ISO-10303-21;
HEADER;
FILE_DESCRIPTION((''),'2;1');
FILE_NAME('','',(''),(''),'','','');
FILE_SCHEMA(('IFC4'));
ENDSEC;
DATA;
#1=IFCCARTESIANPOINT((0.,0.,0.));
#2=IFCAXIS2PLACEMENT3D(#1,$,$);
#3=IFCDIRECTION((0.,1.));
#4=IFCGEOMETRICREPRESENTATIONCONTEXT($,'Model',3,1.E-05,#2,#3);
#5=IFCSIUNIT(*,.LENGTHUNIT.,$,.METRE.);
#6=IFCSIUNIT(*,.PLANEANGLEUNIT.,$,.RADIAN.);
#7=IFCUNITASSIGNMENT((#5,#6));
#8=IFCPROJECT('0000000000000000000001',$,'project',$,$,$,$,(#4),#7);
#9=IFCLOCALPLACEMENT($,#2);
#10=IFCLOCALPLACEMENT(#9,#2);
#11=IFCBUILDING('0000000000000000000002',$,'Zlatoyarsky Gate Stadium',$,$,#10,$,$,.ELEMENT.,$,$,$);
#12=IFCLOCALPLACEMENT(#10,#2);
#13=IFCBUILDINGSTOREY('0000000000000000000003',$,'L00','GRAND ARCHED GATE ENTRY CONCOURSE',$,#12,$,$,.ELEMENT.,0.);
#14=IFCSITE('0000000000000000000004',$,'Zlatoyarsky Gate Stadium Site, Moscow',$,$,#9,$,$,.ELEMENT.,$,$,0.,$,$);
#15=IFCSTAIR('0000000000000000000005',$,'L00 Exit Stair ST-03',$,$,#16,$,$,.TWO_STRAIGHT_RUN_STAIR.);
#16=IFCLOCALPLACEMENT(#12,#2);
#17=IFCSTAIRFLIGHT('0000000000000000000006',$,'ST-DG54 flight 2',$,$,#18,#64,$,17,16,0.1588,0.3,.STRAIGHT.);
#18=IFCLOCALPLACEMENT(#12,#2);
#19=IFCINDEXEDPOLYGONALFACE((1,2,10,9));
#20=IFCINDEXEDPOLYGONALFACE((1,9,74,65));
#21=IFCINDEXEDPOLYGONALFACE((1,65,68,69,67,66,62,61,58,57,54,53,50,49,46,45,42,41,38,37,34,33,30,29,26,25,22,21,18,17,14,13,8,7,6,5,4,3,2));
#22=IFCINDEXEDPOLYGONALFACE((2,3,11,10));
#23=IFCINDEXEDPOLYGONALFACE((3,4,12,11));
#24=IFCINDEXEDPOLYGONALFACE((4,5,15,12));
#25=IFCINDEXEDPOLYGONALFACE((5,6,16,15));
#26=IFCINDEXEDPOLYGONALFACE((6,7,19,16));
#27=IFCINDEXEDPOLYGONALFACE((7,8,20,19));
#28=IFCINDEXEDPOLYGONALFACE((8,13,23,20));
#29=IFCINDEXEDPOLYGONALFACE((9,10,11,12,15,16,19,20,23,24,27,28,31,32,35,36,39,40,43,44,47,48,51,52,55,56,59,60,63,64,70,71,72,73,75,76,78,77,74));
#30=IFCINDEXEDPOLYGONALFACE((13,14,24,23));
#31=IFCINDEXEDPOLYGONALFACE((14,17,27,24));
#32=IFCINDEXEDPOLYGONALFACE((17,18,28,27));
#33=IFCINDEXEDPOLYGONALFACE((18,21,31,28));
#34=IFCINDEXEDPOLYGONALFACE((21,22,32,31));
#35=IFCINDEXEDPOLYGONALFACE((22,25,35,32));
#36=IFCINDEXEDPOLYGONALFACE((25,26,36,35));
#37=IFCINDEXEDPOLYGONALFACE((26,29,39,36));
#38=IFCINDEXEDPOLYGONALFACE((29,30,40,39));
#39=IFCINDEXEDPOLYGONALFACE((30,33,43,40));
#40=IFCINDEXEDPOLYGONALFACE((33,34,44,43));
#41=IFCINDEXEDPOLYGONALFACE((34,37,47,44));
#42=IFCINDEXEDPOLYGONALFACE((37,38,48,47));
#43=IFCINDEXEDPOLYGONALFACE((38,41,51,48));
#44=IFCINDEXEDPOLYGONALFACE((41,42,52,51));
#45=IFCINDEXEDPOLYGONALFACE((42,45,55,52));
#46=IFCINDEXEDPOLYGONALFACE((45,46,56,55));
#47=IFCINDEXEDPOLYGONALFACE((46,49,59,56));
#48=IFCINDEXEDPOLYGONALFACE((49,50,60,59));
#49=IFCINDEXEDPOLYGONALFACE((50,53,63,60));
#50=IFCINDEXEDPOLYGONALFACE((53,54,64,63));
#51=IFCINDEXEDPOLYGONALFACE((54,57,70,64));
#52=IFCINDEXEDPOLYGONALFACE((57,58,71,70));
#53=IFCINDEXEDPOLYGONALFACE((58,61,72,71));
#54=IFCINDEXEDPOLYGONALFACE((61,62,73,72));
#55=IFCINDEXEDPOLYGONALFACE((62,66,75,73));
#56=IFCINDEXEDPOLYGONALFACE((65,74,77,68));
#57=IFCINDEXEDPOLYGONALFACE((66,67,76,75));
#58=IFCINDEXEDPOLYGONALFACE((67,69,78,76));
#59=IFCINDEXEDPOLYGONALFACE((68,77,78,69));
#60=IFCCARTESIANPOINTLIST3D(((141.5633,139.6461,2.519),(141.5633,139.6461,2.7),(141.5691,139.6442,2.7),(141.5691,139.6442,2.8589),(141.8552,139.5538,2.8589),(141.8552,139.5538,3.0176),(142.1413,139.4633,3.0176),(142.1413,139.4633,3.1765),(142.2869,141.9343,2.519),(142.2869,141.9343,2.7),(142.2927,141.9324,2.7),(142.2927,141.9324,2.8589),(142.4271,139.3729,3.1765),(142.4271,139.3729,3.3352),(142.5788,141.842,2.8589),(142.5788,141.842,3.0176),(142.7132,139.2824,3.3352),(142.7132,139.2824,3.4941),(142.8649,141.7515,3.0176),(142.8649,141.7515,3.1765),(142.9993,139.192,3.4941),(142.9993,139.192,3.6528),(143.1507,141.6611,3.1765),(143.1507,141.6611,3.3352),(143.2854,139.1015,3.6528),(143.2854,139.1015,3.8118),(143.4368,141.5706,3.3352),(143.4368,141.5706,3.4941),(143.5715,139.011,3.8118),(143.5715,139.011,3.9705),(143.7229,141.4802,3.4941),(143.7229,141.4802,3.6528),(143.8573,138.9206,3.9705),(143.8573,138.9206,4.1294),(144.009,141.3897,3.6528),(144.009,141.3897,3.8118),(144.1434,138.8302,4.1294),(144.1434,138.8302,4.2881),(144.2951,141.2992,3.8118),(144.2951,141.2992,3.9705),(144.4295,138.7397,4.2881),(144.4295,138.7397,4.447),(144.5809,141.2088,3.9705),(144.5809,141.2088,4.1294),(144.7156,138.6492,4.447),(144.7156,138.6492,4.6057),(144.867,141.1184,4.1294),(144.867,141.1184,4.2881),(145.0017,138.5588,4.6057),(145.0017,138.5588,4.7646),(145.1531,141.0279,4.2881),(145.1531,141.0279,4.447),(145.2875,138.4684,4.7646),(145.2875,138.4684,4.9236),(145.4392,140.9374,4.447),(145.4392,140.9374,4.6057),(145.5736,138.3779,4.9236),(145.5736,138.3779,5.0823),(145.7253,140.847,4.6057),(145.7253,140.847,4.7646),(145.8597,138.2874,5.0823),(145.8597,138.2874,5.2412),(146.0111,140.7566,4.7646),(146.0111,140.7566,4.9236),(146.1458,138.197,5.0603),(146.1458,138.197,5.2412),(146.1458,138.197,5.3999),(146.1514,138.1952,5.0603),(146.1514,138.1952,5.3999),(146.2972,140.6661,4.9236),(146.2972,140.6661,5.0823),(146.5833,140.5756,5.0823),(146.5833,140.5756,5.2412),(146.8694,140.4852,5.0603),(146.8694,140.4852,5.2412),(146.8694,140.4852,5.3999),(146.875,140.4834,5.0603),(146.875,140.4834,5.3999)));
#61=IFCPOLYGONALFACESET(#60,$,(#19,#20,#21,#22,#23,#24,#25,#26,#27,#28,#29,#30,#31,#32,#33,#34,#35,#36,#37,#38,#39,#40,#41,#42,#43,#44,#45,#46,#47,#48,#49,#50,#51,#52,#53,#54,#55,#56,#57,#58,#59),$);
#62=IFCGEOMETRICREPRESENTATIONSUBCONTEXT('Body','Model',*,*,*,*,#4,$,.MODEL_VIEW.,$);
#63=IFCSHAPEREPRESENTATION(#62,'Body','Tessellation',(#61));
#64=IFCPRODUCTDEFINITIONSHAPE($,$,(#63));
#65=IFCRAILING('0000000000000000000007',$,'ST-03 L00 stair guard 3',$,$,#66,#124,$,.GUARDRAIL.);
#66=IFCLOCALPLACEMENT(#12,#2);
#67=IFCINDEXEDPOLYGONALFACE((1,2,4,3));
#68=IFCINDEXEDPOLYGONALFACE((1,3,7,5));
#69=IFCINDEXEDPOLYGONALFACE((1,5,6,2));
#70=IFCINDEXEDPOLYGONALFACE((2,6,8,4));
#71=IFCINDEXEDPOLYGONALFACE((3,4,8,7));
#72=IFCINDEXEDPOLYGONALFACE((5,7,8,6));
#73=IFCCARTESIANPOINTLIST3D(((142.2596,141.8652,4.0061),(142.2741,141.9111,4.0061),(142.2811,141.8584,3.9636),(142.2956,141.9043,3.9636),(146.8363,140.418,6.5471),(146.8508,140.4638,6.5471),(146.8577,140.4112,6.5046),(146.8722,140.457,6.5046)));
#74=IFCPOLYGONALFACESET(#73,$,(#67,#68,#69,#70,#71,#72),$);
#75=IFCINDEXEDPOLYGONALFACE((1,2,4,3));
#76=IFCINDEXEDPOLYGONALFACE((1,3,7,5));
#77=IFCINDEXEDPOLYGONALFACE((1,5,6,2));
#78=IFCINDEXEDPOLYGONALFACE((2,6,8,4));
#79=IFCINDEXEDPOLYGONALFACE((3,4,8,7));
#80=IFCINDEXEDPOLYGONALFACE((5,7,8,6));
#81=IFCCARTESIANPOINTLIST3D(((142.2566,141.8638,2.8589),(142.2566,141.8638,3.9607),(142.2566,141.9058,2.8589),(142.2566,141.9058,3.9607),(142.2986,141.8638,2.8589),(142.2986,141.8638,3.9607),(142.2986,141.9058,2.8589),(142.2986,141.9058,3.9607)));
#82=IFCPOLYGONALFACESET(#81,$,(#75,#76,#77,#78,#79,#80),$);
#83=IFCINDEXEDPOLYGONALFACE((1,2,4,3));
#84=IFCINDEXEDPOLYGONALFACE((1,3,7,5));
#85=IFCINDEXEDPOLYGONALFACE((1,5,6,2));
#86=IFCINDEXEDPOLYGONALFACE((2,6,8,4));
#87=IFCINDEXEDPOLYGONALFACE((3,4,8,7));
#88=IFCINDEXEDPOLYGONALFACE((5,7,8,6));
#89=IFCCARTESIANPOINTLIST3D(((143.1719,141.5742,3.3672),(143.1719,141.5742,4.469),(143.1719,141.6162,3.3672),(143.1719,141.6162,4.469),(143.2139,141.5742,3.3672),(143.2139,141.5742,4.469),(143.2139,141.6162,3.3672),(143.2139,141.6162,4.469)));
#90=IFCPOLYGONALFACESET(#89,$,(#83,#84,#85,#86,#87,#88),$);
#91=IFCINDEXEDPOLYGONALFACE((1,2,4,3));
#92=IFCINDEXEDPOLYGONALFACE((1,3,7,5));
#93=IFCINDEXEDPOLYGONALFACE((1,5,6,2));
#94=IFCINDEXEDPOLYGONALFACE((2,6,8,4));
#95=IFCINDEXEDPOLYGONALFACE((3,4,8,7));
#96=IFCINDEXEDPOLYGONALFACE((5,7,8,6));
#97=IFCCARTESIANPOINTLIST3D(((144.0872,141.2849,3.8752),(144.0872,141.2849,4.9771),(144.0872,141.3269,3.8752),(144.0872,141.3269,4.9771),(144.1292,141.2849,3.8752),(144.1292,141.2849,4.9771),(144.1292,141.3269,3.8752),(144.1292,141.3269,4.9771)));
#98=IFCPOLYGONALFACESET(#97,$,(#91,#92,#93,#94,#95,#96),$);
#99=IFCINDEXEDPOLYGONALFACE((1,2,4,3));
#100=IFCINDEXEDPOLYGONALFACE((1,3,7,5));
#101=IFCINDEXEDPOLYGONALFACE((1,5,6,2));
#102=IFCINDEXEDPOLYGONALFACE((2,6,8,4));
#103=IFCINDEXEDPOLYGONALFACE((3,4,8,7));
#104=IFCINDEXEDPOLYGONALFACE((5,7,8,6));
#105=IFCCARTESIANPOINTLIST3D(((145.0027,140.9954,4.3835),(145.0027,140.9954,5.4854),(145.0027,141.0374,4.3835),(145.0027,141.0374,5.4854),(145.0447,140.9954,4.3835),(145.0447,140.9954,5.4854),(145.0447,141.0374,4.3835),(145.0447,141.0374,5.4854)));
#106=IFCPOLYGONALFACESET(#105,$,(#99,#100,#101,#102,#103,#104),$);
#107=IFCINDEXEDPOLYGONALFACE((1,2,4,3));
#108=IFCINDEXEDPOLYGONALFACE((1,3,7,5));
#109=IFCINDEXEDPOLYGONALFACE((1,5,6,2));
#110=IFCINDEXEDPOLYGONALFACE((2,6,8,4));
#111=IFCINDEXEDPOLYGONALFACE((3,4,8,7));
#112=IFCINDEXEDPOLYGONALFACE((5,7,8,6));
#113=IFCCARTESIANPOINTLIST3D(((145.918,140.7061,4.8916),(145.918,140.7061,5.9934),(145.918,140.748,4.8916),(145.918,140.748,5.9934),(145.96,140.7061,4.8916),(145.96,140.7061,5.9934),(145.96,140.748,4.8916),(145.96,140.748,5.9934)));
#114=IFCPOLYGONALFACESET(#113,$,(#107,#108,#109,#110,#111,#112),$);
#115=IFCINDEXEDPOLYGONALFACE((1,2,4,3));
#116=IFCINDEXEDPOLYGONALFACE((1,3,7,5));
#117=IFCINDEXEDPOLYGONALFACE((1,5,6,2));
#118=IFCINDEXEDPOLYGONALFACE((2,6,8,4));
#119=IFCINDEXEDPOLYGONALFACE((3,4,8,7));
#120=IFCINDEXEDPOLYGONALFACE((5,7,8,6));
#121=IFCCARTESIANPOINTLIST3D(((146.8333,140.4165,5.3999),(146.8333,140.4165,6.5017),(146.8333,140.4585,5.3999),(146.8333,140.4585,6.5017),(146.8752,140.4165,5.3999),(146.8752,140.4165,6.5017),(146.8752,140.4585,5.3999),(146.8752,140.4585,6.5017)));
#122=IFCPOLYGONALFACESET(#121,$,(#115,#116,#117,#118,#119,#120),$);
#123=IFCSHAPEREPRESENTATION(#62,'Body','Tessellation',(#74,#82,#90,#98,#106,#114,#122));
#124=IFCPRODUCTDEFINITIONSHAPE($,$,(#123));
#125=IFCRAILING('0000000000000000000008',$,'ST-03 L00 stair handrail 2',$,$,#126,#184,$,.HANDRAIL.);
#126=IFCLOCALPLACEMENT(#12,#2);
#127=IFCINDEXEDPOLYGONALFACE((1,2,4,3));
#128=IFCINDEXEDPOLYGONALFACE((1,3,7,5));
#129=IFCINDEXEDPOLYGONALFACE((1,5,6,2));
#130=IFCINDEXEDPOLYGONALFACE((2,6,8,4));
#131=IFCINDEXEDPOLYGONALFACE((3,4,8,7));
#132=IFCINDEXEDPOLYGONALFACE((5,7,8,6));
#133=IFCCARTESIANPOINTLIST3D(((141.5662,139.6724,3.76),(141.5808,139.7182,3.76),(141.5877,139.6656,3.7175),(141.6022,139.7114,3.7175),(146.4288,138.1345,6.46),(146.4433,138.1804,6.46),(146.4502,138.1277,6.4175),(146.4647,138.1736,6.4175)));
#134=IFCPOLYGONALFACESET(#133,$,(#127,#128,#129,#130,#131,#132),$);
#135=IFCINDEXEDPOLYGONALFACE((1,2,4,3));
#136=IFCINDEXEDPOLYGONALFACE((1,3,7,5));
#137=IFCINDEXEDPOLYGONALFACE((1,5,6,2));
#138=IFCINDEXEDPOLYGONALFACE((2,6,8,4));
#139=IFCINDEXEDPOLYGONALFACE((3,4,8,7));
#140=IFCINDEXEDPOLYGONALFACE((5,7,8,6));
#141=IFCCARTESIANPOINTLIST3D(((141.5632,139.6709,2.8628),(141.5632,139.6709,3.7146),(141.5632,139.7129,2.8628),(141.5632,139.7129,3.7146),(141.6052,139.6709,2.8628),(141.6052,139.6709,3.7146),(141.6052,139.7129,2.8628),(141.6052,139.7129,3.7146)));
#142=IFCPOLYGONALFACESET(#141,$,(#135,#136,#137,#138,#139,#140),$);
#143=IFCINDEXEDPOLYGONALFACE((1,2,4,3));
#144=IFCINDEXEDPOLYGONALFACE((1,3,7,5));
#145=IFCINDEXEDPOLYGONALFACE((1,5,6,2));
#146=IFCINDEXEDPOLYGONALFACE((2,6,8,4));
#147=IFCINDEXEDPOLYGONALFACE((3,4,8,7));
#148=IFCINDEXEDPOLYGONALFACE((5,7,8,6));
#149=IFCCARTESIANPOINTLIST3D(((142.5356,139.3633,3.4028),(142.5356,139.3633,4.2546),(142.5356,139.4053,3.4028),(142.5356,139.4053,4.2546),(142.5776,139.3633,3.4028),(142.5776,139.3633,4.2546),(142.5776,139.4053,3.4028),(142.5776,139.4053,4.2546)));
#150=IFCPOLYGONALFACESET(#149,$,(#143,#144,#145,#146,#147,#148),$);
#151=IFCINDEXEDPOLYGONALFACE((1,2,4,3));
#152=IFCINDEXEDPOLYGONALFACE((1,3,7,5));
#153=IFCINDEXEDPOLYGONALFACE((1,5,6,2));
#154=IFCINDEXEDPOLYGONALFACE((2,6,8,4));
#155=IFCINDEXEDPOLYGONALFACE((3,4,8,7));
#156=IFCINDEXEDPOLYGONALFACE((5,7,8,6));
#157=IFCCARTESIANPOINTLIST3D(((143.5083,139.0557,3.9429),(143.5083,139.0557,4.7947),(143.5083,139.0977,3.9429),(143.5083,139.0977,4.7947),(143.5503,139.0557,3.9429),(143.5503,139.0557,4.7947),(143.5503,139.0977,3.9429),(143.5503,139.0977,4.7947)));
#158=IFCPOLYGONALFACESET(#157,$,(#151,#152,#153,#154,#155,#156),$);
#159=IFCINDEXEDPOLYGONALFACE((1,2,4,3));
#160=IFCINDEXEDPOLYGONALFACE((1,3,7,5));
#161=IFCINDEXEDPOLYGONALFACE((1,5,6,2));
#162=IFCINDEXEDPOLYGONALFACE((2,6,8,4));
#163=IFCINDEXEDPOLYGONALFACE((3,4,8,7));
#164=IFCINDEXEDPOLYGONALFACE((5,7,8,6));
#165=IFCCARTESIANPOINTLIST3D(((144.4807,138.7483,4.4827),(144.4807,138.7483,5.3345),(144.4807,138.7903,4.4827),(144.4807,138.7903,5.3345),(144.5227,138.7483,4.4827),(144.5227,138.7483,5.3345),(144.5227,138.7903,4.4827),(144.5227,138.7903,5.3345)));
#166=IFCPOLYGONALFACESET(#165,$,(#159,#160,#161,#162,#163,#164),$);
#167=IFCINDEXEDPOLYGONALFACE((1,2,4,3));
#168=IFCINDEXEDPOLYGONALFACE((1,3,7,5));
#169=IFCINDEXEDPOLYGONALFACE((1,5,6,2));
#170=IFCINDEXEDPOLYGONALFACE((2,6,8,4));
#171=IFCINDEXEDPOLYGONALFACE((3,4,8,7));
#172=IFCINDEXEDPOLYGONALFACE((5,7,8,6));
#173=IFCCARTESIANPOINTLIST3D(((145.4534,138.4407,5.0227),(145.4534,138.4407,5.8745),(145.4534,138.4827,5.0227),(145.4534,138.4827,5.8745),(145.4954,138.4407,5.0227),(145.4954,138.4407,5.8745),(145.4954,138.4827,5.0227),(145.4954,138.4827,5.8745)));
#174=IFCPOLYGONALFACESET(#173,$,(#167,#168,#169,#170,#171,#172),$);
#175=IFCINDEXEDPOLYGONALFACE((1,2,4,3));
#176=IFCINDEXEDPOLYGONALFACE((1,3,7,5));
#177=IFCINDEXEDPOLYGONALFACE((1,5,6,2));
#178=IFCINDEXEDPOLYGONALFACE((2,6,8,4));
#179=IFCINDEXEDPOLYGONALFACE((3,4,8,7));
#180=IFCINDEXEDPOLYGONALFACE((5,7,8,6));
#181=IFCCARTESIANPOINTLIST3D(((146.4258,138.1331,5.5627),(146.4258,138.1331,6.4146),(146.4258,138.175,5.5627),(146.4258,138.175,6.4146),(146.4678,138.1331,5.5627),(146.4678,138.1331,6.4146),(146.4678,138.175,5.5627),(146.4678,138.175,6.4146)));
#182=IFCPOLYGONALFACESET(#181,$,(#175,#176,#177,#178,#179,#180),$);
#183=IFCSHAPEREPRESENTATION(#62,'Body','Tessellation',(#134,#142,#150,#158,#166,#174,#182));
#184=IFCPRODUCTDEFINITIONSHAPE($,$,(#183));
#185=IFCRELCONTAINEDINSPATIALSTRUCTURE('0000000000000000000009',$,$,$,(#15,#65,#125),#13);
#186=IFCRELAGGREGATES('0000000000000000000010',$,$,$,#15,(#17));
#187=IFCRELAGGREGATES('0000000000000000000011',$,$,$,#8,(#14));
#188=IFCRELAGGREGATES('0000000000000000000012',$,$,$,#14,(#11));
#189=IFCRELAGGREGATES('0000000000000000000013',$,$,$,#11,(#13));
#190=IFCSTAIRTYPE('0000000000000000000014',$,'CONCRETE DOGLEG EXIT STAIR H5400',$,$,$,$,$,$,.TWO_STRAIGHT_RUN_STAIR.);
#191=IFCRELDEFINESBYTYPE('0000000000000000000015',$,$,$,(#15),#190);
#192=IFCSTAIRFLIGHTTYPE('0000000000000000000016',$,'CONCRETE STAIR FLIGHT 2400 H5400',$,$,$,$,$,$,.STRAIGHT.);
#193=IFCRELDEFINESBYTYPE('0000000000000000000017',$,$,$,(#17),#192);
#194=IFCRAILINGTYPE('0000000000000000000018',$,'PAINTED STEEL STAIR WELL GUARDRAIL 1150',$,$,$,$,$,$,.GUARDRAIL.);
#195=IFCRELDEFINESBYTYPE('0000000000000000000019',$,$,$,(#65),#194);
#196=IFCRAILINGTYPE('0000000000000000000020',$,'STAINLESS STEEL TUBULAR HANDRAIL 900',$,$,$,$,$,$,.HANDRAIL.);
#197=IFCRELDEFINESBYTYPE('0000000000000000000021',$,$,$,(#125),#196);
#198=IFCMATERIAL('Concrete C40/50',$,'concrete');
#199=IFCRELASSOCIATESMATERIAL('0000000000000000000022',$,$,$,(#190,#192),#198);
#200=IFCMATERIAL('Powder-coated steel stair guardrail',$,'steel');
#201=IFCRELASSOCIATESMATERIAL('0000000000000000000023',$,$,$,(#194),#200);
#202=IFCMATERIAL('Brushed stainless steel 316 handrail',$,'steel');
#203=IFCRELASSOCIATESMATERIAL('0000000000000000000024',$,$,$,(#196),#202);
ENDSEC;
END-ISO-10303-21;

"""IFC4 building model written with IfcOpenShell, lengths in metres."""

from ifc_helpers import new_model, si_unit, direction, frame, origin, origin_2d, place, context, subcontext, project, spatial, polyline, rectangle, outline, extrude, material, type_object, element, aggregate, save


model = new_model("IFC4")

# Units and contexts
model_context = context("Model", 3, precision=1e-05, world=origin(), true_north=direction((0.0, 1.0)))
body_context = subcontext(model_context, "Body", "Model", "MODEL_VIEW")
ifc_project = project(units=[si_unit("LENGTHUNIT", "METRE"), si_unit("PLANEANGLEUNIT", "RADIAN")], contexts=[model_context])

# Site, building, storey
site_placement = place(None, origin())
site = spatial("IfcSite", under=ifc_project, at=site_placement, Name="Zlatoyarsky Gate Stadium Site, Moscow", CompositionType="ELEMENT", RefElevation=0.0)
building_placement = place(site_placement, origin())
building = spatial("IfcBuilding", under=site, at=building_placement, Name="Zlatoyarsky Gate Stadium", CompositionType="ELEMENT")
storey_placement = place(building_placement, origin())
storey = spatial("IfcBuildingStorey", under=building, at=storey_placement, Name="L00", Description="GRAND ARCHED GATE ENTRY CONCOURSE", CompositionType="ELEMENT", Elevation=0.0)

# Shared definitions
ifc_material_1 = material(Name="Concrete C40/50", Category="concrete")

# Stair, stair flight
stair_type = type_object("IfcStairType", Name="CONCRETE DOGLEG EXIT STAIR H5400", PredefinedType="TWO_STRAIGHT_RUN_STAIR", material=ifc_material_1)
stair_placement = place(storey_placement, origin())
stair = element("IfcStair", 1, at=stair_placement, inside=storey, type_object=stair_type, Name="L00 Exit Stair ST-03", PredefinedType="TWO_STRAIGHT_RUN_STAIR")
stair_flight_type = type_object("IfcStairFlightType", Name="CONCRETE STAIR FLIGHT 2400 H5400", PredefinedType="STRAIGHT", material=ifc_material_1)
stair_flight_placement = place(storey_placement, frame((141.9309, 140.7883, 2.7), z_axis=(0.0, 0.0, 1.0), x_axis=(0.953463, -0.30151, 0.0)))
stair_flight = element("IfcStairFlight", 2, at=stair_flight_placement, type_object=stair_flight_type, Name="ST-DG54 flight 2", NumberOfRisers=17, NumberOfTreads=16, PredefinedType="STRAIGHT", RiserHeight=0.1588, TreadLength=0.3, context=body_context, shape_type="SweptSolid", body=[
    extrude(outline(polyline([(-0.0061, -0.1809), (-0.0061, 0.0), (0.0, 0.0), (0.0, 0.1589), (0.3, 0.1589), (0.3, 0.3176), (0.6001, 0.3176), (0.6001, 0.4766), (0.8999, 0.4766), (0.8999, 0.6353), (1.2, 0.6353), (1.2, 0.7942), (1.5, 0.7942), (1.5, 0.9529), (1.8, 0.9529), (1.8, 1.1118), (2.1001, 1.1118), (2.1001, 1.2705), (2.3999, 1.2705), (2.3999, 1.4294), (2.7, 1.4294), (2.7, 1.5881), (3.0, 1.5881), (3.0, 1.7471), (3.3, 1.7471), (3.3, 1.9058), (3.6001, 1.9058), (3.6001, 2.0647), (3.8999, 2.0647), (3.8999, 2.2236), (4.2, 2.2236), (4.2, 2.3823), (4.5, 2.3823), (4.5, 2.5413), (4.8, 2.5413), (4.8, 2.7), (4.8059, 2.7), (4.8059, 2.3604), (4.8, 2.3604), (-0.0061, -0.1809)])), frame((0.0, 1.2, 0.0), z_axis=(0.0, -1.0, 0.0), x_axis=(1.0, 0.0, 0.0)), (0.0, 0.0, 1.0), 2.3999),
])
aggregate(stair, [stair_flight])

# Railings
ifc_material_2 = material(Name="Powder-coated steel stair guardrail", Category="steel")
railing_type_1 = type_object("IfcRailingType", Name="PAINTED STEEL STAIR WELL GUARDRAIL 1150", PredefinedType="GUARDRAIL", material=ifc_material_2)
railing_1_placement = place(storey_placement, frame((142.2776, 141.8848, 2.8589)))
element("IfcRailing", 3, at=railing_1_placement, inside=storey, type_object=railing_type_1, Name="ST-03 L00 stair guard 3", PredefinedType="GUARDRAIL", context=body_context, shape_type="SweptSolid", body=[
    extrude(rectangle(XDim=0.0481, YDim=0.0481, at=origin_2d()), frame((0.0, 0.0, 1.126), z_axis=(0.842672, -0.266476, 0.467861), x_axis=(0.301511, 0.953463, 0.0)), (0.0, 0.0, 1.0), 5.4312),
    extrude(rectangle(XDim=0.042, YDim=0.042, at=origin_2d()), origin(), (0.0, 0.0, 1.0), 1.1018),
    extrude(rectangle(XDim=0.042, YDim=0.042, at=origin_2d()), frame((0.9153, -0.2896, 0.5083)), (0.0, 0.0, 1.0), 1.1018),
    extrude(rectangle(XDim=0.042, YDim=0.042, at=origin_2d()), frame((1.8306, -0.5789, 1.0164)), (0.0, 0.0, 1.0), 1.1018),
    extrude(rectangle(XDim=0.042, YDim=0.042, at=origin_2d()), frame((2.7461, -0.8684, 1.5247)), (0.0, 0.0, 1.0), 1.1018),
    extrude(rectangle(XDim=0.042, YDim=0.042, at=origin_2d()), frame((3.6614, -1.1577, 2.0327)), (0.0, 0.0, 1.0), 1.1018),
    extrude(rectangle(XDim=0.042, YDim=0.042, at=origin_2d()), frame((4.5767, -1.4473, 2.541)), (0.0, 0.0, 1.0), 1.1018),
])
ifc_material_3 = material(Name="Brushed stainless steel 316 handrail", Category="steel")
railing_type_2 = type_object("IfcRailingType", Name="STAINLESS STEEL TUBULAR HANDRAIL 900", PredefinedType="HANDRAIL", material=ifc_material_3)
railing_2_placement = place(storey_placement, frame((141.5842, 139.6919, 2.8628)))
element("IfcRailing", 4, at=railing_2_placement, inside=storey, type_object=railing_type_2, Name="ST-03 L00 stair handrail 2", PredefinedType="HANDRAIL", context=body_context, shape_type="SweptSolid", body=[
    extrude(rectangle(XDim=0.0481, YDim=0.0481, at=origin_2d()), frame((0.0, 0.0, 0.876), z_axis=(0.842651, -0.266499, 0.467886), x_axis=(0.301541, 0.953453, 0.0)), (0.0, 0.0, 1.0), 5.7705),
    extrude(rectangle(XDim=0.042, YDim=0.042, at=origin_2d()), origin(), (0.0, 0.0, 1.0), 0.8518),
    extrude(rectangle(XDim=0.042, YDim=0.042, at=origin_2d()), frame((0.9724, -0.3076, 0.54)), (0.0, 0.0, 1.0), 0.8518),
    extrude(rectangle(XDim=0.042, YDim=0.042, at=origin_2d()), frame((1.9451, -0.6152, 1.0801)), (0.0, 0.0, 1.0), 0.8518),
    extrude(rectangle(XDim=0.042, YDim=0.042, at=origin_2d()), frame((2.9175, -0.9226, 1.6199)), (0.0, 0.0, 1.0), 0.8518),
    extrude(rectangle(XDim=0.042, YDim=0.042, at=origin_2d()), frame((3.8901, -1.2302, 2.1599)), (0.0, 0.0, 1.0), 0.8518),
    extrude(rectangle(XDim=0.042, YDim=0.042, at=origin_2d()), frame((4.8625, -1.5378, 2.7)), (0.0, 0.0, 1.0), 0.8518),
])

save(model, "model.ifc")
